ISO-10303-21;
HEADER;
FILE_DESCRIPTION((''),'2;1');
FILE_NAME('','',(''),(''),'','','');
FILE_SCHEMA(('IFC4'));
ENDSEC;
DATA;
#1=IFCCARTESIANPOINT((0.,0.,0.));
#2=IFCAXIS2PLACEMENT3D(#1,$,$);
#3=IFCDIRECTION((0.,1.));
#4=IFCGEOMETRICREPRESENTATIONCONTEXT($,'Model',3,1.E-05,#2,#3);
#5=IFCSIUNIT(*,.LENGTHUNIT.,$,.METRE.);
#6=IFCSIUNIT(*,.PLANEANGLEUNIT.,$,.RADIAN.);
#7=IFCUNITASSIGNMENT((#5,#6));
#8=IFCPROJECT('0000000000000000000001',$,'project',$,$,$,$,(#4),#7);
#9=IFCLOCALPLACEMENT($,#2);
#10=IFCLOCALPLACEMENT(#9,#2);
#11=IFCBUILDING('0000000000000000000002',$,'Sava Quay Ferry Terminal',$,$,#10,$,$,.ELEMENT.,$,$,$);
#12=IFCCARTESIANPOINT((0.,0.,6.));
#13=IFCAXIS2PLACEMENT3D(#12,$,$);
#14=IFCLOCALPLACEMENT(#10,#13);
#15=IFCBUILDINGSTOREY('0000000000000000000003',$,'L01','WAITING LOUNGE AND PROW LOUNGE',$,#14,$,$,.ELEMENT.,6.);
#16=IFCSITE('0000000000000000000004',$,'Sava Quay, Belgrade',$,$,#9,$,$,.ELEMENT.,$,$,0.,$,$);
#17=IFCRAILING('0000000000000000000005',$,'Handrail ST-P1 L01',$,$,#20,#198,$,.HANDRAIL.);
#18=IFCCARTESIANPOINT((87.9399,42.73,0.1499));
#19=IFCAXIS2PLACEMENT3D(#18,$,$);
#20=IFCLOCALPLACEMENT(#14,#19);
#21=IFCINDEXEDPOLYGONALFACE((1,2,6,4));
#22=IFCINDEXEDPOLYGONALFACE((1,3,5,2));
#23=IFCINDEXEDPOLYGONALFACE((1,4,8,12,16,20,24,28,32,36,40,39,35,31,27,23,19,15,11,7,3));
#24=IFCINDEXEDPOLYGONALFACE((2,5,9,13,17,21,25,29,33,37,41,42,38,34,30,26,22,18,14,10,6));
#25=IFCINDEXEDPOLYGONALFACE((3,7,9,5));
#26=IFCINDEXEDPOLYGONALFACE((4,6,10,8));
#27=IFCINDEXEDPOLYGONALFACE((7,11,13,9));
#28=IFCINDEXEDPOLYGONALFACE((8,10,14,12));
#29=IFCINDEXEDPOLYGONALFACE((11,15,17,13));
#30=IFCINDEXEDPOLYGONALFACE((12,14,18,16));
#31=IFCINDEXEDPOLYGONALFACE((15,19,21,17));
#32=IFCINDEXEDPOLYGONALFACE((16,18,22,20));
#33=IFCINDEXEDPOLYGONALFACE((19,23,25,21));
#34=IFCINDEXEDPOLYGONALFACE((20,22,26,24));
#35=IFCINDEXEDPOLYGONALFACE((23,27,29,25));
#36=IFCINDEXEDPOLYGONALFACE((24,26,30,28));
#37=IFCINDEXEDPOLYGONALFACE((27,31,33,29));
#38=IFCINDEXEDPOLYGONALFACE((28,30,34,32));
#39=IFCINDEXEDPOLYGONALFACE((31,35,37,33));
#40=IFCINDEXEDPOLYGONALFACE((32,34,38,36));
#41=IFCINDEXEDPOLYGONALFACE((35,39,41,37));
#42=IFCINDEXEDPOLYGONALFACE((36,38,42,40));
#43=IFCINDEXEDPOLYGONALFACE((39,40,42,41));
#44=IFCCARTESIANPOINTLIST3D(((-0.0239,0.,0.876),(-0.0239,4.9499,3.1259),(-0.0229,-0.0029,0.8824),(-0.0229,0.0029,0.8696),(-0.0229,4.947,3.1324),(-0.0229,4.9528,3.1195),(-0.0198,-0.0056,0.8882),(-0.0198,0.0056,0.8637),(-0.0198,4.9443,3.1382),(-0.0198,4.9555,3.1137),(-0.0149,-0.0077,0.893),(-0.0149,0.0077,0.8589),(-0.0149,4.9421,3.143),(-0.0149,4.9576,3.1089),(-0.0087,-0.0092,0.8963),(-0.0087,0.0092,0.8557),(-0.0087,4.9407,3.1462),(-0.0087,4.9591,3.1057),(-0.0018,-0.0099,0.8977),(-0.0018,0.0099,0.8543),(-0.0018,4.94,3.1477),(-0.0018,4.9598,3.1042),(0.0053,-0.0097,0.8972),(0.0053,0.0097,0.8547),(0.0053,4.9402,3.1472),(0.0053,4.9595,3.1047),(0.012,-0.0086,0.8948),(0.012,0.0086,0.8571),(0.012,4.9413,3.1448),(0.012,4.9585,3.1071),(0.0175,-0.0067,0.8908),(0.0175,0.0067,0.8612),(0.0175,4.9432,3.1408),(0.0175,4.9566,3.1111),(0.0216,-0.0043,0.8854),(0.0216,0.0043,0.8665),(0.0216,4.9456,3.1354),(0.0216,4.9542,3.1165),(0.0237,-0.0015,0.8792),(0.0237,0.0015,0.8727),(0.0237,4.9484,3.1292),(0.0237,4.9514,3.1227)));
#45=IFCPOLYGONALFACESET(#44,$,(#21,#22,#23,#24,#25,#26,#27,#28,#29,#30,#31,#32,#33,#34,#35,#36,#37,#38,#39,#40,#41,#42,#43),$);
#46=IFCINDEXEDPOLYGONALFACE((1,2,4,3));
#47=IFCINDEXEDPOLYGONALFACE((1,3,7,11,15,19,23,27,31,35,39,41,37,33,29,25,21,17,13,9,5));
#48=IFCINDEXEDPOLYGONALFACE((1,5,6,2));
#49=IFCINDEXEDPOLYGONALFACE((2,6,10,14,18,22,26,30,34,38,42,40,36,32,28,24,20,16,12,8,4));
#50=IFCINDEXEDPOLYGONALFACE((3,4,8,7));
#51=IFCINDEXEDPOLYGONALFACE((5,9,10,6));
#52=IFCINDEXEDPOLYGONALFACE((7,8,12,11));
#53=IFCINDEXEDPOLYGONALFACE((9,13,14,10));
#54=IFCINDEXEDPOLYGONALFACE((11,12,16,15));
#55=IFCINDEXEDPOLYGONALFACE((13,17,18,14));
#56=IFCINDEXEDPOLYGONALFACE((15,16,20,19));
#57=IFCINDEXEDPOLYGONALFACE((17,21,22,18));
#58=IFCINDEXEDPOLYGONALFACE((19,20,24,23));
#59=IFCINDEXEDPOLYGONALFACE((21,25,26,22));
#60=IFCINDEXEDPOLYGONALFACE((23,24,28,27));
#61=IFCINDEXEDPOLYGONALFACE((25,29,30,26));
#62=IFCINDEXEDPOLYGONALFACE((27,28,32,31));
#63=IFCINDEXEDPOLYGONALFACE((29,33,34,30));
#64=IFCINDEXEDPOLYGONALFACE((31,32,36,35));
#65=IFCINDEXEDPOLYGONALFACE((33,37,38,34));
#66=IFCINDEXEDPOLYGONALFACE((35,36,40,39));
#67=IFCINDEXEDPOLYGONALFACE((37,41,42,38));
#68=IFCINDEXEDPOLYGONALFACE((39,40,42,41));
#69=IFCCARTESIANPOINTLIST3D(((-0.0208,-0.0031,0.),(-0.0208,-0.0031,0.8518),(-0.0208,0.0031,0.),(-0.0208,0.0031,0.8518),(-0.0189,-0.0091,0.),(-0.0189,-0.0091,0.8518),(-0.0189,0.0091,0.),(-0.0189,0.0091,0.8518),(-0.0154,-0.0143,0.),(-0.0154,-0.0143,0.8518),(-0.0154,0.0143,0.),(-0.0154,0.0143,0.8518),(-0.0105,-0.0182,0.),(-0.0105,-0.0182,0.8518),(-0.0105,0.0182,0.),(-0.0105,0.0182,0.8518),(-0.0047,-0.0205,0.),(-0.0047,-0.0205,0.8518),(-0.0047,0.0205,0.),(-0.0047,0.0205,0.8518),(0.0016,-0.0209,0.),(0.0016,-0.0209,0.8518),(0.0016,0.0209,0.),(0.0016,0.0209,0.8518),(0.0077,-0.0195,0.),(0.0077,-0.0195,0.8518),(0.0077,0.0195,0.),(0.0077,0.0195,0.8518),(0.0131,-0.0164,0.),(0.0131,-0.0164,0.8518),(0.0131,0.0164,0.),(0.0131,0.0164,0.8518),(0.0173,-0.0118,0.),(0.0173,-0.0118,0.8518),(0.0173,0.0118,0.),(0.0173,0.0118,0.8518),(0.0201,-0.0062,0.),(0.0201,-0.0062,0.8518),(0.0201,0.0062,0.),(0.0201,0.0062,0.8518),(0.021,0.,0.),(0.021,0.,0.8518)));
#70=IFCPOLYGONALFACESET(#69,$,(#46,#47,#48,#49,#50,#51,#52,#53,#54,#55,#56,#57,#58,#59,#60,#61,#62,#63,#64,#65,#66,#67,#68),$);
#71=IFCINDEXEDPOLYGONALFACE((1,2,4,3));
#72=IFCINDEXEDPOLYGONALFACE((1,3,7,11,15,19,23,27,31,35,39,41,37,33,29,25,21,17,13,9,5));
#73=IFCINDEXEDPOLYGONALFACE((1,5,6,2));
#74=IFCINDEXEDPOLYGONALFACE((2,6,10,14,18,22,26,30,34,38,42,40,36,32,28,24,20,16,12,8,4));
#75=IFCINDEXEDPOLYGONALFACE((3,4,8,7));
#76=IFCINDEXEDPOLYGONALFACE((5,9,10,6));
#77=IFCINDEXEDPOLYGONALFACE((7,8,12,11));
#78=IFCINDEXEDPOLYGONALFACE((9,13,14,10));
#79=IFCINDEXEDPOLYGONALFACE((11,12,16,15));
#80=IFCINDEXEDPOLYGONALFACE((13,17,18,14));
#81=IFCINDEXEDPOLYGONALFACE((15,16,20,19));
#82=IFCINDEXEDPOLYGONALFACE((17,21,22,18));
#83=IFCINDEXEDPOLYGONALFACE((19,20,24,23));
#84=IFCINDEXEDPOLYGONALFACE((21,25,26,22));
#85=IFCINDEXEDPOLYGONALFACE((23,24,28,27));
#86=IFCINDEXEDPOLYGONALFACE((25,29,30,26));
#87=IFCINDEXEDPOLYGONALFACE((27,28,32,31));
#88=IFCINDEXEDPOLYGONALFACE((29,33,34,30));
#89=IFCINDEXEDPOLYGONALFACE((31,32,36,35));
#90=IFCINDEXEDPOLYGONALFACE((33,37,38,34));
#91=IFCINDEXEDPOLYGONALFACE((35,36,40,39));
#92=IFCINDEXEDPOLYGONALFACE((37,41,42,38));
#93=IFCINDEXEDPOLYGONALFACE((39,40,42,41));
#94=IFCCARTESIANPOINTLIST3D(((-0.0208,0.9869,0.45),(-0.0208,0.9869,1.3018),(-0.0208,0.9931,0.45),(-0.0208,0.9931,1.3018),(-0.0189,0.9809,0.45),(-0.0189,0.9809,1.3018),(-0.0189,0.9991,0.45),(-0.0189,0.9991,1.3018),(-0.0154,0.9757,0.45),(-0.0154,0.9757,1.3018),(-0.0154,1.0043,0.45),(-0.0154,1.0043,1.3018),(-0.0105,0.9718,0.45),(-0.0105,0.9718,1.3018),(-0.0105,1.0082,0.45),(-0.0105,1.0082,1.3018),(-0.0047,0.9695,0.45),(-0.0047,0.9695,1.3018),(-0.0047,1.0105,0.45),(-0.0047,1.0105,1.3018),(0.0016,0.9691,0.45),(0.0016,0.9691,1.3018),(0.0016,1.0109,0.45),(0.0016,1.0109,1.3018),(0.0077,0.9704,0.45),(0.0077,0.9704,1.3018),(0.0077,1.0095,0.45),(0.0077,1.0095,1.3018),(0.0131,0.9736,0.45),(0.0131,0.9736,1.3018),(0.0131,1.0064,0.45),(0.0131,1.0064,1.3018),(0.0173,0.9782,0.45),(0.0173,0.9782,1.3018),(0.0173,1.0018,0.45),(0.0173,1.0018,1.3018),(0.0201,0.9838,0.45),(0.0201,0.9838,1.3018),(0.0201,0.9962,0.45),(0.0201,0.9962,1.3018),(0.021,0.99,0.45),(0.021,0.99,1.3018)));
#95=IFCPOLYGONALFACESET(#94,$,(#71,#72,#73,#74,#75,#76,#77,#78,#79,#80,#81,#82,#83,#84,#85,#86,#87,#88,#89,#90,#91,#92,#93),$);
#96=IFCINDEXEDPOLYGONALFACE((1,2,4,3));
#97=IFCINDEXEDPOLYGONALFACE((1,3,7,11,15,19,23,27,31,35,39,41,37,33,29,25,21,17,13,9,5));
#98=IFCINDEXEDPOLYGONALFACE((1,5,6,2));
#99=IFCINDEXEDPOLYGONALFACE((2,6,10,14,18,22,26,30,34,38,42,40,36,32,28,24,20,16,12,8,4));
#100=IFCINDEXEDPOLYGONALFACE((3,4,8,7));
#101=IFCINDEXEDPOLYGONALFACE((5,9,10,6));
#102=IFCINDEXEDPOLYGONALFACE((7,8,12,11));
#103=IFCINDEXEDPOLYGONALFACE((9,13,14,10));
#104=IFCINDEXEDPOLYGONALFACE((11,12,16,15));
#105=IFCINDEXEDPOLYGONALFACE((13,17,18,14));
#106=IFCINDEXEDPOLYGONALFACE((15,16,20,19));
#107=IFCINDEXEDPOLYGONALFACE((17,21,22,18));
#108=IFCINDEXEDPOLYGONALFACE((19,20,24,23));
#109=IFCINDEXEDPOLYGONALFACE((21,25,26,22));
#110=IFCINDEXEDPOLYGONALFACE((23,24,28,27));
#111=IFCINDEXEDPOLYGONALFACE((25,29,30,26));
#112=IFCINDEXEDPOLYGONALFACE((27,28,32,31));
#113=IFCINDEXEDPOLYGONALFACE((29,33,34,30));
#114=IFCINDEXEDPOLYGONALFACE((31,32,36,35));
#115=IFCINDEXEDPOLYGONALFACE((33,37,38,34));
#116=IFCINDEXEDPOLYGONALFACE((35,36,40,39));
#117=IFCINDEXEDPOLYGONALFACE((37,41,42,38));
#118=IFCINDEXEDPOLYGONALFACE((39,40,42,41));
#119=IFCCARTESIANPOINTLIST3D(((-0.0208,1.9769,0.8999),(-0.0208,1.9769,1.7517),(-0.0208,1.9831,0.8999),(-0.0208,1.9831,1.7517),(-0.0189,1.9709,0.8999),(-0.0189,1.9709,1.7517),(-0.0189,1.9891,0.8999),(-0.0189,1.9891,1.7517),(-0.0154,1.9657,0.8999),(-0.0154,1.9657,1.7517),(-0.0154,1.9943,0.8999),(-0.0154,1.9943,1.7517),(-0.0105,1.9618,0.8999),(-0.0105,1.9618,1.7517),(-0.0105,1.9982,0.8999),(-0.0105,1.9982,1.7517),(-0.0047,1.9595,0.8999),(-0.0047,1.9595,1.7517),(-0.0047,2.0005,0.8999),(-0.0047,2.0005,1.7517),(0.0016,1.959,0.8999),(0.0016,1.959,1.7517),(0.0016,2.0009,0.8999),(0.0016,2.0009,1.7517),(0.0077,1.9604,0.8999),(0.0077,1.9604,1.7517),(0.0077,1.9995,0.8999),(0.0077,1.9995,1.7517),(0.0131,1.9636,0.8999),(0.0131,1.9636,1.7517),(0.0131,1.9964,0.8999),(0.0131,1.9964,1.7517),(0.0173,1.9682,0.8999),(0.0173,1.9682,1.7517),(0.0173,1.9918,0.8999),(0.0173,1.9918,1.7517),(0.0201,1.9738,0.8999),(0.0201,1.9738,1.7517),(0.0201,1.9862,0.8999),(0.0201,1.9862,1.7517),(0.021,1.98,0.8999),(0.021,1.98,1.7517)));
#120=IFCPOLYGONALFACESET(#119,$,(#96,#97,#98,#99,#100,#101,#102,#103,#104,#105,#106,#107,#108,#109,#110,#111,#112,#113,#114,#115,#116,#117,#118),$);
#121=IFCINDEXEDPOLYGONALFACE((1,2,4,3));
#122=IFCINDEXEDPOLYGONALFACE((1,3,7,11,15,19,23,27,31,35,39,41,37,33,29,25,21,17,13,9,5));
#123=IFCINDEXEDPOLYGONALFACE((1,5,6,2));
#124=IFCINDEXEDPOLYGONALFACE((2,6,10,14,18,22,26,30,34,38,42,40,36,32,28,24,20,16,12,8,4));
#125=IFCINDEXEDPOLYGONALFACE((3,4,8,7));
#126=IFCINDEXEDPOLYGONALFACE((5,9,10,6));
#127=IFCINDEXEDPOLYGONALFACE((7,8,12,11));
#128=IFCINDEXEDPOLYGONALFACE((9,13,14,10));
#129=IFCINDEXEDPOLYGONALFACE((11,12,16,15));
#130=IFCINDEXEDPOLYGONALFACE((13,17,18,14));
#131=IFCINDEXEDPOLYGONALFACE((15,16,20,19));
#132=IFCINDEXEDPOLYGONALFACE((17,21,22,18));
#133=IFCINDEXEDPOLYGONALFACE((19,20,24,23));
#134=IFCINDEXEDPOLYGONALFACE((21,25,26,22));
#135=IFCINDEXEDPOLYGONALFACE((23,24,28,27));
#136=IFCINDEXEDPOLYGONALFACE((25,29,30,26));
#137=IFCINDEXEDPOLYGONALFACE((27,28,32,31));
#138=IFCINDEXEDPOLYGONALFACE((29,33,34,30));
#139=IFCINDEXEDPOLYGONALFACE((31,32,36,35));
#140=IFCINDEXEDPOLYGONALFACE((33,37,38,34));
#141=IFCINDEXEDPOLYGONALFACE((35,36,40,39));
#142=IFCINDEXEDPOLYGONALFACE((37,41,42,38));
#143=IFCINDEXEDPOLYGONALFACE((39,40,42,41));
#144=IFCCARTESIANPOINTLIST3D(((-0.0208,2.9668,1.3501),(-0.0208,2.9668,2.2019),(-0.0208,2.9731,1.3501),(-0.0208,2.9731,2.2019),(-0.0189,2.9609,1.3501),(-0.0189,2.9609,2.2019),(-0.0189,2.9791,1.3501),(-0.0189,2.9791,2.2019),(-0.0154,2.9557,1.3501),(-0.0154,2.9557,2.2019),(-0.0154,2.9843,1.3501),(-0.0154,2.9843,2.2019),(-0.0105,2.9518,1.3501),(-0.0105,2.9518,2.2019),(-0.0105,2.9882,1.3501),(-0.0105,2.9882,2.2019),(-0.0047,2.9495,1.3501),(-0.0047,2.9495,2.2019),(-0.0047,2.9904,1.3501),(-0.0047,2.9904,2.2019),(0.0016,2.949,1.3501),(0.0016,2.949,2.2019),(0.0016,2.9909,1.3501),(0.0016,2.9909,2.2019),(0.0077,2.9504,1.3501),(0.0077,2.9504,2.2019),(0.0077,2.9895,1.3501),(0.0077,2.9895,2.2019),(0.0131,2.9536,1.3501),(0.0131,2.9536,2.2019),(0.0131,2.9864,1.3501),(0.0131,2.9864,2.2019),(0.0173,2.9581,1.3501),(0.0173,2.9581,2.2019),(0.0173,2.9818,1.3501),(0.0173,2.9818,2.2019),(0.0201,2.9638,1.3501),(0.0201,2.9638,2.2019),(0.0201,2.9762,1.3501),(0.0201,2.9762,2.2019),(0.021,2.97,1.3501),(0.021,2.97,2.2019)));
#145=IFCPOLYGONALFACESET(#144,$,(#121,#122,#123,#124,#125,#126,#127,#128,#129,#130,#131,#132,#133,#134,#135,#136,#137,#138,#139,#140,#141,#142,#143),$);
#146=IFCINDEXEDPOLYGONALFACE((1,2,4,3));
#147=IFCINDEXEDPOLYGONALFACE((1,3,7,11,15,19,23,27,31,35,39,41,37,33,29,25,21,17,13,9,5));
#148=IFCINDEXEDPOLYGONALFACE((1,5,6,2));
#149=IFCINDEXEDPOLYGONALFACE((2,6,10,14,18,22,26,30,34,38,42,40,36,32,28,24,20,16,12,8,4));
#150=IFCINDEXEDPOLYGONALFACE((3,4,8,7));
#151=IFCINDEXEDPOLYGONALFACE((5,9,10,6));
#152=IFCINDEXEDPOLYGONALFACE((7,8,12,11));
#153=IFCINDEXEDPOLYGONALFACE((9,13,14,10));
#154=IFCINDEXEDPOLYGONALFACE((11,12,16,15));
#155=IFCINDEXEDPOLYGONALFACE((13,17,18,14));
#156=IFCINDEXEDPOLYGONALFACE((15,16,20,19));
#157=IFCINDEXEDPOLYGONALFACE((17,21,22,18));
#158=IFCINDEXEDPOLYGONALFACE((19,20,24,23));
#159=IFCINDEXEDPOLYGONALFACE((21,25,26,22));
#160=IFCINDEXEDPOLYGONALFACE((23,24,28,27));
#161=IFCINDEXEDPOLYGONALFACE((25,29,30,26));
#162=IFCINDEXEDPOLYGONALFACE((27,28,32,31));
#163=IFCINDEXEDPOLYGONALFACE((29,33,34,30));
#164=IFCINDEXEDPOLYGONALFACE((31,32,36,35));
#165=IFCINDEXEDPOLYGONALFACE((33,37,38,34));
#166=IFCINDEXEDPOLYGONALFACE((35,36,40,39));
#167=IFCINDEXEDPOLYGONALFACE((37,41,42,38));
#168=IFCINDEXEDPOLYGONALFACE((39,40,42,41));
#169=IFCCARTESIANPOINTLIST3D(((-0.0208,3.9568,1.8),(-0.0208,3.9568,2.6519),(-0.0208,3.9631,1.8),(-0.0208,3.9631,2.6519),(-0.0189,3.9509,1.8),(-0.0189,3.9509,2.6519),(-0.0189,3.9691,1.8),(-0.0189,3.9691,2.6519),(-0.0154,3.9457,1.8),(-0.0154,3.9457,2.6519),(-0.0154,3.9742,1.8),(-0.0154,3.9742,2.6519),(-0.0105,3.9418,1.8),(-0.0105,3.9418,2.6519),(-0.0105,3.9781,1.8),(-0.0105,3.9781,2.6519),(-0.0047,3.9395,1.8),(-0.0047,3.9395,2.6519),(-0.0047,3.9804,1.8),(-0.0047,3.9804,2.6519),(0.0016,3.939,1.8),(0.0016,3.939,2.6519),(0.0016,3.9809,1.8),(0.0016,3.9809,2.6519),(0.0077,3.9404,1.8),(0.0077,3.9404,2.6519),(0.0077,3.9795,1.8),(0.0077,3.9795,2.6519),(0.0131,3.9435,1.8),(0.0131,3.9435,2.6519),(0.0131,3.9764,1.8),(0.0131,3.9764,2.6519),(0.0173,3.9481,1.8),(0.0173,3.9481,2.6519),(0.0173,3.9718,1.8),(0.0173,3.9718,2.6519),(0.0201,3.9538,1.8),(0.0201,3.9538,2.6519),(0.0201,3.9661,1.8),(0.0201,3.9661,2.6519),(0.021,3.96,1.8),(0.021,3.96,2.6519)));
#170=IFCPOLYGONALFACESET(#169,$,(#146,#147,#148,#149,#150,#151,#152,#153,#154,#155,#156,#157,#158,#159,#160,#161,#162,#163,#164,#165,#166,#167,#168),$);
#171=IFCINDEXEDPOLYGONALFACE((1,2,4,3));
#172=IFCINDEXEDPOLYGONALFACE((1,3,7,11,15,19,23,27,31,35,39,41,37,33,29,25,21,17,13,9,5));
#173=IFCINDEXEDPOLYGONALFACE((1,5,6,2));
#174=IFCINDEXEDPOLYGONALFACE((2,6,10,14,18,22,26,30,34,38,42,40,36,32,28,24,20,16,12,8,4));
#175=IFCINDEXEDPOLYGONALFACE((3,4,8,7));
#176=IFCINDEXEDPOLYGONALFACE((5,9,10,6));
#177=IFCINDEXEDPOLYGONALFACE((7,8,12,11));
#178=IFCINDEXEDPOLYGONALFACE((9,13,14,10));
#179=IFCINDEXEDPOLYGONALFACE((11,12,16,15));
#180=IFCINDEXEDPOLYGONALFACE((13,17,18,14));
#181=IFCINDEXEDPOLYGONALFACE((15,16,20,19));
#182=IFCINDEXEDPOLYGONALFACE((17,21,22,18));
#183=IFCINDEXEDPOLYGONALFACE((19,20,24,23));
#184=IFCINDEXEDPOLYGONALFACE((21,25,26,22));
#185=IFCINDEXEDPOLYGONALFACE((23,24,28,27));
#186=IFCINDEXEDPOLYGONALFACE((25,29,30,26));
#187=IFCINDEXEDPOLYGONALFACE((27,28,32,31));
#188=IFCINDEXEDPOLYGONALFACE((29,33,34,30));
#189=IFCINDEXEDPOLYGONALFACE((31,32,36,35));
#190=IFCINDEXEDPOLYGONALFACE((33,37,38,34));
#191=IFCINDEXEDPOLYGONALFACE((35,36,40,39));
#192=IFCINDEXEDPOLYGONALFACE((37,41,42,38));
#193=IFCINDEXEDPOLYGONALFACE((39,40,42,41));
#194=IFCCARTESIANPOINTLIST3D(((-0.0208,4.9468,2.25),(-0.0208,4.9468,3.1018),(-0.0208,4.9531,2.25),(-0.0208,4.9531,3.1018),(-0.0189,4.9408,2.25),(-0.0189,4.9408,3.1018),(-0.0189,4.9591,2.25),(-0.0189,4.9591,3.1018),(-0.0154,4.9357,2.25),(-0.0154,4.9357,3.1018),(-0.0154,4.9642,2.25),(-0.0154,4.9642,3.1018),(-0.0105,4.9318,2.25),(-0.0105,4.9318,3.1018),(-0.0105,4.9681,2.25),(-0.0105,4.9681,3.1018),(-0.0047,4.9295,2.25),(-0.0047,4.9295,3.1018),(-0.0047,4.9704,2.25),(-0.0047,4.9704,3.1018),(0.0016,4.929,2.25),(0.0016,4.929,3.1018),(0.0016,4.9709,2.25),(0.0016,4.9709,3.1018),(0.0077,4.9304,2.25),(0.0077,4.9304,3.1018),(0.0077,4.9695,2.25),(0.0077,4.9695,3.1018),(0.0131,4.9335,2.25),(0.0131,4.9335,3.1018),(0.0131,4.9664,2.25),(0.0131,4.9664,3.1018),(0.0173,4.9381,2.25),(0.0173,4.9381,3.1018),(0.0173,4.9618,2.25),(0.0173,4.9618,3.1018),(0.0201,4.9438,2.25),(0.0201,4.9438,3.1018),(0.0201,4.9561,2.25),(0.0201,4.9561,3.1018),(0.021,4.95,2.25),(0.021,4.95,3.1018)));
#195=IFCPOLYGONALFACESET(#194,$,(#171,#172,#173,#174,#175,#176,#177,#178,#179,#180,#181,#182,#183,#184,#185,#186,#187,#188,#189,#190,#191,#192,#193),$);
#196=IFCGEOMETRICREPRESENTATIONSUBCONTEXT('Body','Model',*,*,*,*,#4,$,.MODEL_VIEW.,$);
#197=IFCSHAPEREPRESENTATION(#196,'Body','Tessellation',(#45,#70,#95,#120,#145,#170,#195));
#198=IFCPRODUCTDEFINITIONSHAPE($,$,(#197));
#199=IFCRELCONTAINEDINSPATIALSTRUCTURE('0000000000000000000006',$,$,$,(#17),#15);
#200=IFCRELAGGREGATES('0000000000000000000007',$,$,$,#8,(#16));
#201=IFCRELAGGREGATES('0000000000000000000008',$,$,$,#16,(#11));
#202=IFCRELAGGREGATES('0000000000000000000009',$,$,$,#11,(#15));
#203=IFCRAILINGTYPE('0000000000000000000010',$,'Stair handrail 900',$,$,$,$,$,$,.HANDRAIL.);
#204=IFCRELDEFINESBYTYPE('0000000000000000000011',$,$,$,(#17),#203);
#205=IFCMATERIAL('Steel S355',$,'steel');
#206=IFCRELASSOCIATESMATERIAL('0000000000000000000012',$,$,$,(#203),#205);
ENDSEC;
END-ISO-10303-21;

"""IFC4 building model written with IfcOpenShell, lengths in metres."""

from ifc_helpers import new_model, si_unit, direction, frame, origin, origin_2d, place, context, subcontext, project, spatial, circle, extrude, material, type_object, element, save


model = new_model("IFC4")

# Units and contexts
model_context = context("Model", 3, precision=1e-05, world=origin(), true_north=direction((0.0, 1.0)))
body_context = subcontext(model_context, "Body", "Model", "MODEL_VIEW")
ifc_project = project(units=[si_unit("LENGTHUNIT", "METRE"), si_unit("PLANEANGLEUNIT", "RADIAN")], contexts=[model_context])

# Site, building, storey
site_placement = place(None, origin())
site = spatial("IfcSite", under=ifc_project, at=site_placement, Name="Sava Quay, Belgrade", CompositionType="ELEMENT", RefElevation=0.0)
building_placement = place(site_placement, origin())
building = spatial("IfcBuilding", under=site, at=building_placement, Name="Sava Quay Ferry Terminal", CompositionType="ELEMENT")
storey_placement = place(building_placement, frame((0.0, 0.0, 6.0)))
storey = spatial("IfcBuildingStorey", under=building, at=storey_placement, Name="L01", Description="WAITING LOUNGE AND PROW LOUNGE", CompositionType="ELEMENT", Elevation=6.0)

# Railing
ifc_material_1 = material(Name="Steel S355", Category="steel")
railing_type_1 = type_object("IfcRailingType", Name="Stair handrail 900", PredefinedType="HANDRAIL", material=ifc_material_1)
railing_1_placement = place(storey_placement, frame((87.9399, 42.73, 0.1499)))
element("IfcRailing", 1, at=railing_1_placement, inside=storey, type_object=railing_type_1, Name="Handrail ST-P1 L01", PredefinedType="HANDRAIL", context=body_context, shape_type="SweptSolid", body=[
    extrude(circle(Radius=0.0239, at=origin_2d()), frame((0.0, 0.0, 0.876), z_axis=(0.0, 0.910365, 0.413806), x_axis=(-1.0, 0.0, 0.0)), (0.0, 0.0, 1.0), 5.4373),
    extrude(circle(Radius=0.021, at=origin_2d()), origin(), (0.0, 0.0, 1.0), 0.8518),
    extrude(circle(Radius=0.021, at=origin_2d()), frame((0.0, 0.99, 0.45)), (0.0, 0.0, 1.0), 0.8518),
    extrude(circle(Radius=0.021, at=origin_2d()), frame((0.0, 1.98, 0.8999)), (0.0, 0.0, 1.0), 0.8518),
    extrude(circle(Radius=0.021, at=origin_2d()), frame((0.0, 2.97, 1.3501)), (0.0, 0.0, 1.0), 0.8518),
    extrude(circle(Radius=0.021, at=origin_2d()), frame((0.0, 3.96, 1.8)), (0.0, 0.0, 1.0), 0.8518),
    extrude(circle(Radius=0.021, at=origin_2d()), frame((0.0, 4.95, 2.25)), (0.0, 0.0, 1.0), 0.8518),
])

save(model, "model.ifc")
